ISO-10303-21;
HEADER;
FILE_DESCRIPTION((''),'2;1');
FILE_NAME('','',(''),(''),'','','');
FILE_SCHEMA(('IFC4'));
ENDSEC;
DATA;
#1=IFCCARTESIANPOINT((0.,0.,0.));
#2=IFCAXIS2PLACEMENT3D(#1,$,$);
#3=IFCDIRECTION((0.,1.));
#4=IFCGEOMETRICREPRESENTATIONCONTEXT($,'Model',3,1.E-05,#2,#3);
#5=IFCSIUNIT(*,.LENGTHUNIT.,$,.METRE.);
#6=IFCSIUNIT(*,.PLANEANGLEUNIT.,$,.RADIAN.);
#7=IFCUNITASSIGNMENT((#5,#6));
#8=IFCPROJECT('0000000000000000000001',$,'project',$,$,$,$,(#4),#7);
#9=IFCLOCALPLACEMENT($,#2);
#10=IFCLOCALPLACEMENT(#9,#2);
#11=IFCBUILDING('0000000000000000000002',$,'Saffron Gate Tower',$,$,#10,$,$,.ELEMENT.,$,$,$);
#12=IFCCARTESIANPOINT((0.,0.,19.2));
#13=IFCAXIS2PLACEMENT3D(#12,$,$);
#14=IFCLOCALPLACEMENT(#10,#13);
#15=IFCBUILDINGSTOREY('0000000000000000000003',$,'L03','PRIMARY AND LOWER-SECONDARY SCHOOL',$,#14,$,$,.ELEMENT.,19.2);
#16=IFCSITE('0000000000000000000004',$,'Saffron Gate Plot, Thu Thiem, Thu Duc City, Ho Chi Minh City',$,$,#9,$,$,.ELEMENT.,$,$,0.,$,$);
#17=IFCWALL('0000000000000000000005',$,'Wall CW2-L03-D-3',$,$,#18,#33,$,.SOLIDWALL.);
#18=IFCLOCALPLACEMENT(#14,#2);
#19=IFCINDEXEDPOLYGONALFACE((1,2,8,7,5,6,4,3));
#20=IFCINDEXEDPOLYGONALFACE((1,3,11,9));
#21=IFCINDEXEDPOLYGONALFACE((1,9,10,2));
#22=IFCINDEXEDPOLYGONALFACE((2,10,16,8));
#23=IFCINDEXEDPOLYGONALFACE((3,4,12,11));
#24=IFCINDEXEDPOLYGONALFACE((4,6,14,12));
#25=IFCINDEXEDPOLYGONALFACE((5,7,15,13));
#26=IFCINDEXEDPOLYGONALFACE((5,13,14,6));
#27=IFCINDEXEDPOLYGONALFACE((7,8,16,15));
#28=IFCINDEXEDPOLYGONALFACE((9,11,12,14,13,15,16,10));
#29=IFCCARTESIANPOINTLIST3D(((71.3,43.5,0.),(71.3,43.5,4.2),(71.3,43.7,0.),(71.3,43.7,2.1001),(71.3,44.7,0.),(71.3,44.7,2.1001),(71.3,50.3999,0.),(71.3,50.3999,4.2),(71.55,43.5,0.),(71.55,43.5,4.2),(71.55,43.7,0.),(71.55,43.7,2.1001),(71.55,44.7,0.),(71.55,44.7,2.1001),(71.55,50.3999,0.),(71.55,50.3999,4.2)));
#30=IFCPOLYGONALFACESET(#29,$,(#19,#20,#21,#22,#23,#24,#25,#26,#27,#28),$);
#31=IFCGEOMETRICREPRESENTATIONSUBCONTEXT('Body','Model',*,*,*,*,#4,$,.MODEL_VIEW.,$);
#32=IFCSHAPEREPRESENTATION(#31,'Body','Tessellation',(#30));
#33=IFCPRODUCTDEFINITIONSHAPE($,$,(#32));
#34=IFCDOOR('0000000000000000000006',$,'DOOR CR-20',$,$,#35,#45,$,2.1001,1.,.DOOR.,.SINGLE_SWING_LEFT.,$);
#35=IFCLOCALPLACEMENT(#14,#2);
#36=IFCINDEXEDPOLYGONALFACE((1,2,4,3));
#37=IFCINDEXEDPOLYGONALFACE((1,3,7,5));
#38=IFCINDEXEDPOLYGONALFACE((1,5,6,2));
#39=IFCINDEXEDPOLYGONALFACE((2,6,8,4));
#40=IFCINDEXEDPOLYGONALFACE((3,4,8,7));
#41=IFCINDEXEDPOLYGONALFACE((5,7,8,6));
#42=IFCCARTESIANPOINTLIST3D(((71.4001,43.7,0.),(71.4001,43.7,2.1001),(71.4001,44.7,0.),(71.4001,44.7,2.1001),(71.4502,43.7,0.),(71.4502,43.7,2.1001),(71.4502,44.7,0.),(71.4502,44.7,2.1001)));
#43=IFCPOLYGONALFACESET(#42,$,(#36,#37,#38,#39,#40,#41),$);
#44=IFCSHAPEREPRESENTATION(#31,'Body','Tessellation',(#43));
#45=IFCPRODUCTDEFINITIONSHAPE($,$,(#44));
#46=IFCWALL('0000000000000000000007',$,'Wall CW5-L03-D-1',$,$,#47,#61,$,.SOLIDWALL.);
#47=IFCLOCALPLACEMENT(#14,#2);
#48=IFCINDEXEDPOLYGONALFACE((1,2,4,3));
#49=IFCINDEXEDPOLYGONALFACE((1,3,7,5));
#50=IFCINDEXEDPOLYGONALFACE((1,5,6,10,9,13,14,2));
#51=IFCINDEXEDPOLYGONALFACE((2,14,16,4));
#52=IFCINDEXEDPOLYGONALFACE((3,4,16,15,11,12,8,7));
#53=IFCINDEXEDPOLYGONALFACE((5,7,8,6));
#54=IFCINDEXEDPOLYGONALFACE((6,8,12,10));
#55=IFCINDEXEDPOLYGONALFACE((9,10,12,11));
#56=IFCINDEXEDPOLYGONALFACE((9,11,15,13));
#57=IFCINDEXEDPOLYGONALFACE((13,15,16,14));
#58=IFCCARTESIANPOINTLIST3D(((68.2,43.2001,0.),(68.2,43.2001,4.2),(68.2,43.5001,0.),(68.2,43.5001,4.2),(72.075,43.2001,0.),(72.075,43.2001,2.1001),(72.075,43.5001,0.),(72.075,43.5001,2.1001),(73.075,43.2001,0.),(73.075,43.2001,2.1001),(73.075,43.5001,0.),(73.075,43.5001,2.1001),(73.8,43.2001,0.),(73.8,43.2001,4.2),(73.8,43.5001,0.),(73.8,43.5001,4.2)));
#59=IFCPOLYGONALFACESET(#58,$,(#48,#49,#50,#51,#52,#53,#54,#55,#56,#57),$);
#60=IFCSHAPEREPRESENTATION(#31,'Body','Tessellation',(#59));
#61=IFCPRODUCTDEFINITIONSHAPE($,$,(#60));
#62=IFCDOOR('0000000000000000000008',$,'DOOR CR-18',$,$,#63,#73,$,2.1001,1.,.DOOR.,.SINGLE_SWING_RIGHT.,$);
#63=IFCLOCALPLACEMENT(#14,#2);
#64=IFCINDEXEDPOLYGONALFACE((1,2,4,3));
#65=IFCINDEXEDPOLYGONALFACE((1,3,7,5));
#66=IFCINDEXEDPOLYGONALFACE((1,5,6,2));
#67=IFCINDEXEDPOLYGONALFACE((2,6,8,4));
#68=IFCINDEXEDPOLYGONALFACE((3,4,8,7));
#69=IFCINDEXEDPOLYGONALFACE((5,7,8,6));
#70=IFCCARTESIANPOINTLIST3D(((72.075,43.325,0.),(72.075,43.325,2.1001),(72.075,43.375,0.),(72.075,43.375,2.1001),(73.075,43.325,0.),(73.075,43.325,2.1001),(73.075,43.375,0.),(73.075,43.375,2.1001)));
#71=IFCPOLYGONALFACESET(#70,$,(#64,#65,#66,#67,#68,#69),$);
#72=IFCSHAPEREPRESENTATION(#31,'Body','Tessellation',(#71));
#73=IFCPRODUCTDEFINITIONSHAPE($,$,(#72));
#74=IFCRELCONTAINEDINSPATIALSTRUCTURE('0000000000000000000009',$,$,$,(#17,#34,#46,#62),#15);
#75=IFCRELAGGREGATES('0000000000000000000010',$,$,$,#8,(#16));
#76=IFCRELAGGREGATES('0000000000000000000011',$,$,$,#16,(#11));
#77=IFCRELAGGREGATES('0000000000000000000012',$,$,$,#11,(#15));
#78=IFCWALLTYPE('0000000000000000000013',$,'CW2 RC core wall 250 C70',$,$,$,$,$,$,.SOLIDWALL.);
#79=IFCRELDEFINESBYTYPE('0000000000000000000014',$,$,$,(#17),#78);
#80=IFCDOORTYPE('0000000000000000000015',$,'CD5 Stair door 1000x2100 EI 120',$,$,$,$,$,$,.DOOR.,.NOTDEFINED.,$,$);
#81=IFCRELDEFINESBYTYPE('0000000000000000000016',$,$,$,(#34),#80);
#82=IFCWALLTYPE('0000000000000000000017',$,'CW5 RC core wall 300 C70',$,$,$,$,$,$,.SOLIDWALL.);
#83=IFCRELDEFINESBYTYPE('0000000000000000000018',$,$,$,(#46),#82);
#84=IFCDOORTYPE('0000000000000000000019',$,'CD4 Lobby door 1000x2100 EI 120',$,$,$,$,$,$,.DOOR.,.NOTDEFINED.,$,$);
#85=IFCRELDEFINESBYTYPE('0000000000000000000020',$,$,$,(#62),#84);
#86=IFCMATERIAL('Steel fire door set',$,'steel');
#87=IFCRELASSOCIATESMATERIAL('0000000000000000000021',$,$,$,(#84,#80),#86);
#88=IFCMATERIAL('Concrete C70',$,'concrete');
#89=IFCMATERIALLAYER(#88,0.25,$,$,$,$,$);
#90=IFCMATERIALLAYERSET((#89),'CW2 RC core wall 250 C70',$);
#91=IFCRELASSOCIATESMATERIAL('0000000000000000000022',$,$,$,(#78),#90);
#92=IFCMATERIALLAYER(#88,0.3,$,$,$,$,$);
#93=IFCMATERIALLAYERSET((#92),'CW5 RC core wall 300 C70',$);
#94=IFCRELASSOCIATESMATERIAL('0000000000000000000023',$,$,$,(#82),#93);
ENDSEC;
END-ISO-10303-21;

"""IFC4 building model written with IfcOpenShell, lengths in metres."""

from ifc_helpers import new_model, si_unit, direction, frame, frame_2d, origin, place, context, subcontext, project, spatial, rectangle, extrude, material, layer, layer_set, type_object, element, fill, save


model = new_model("IFC4")

# Units and contexts
model_context = context("Model", 3, precision=1e-05, world=origin(), true_north=direction((0.0, 1.0)))
body_context = subcontext(model_context, "Body", "Model", "MODEL_VIEW")
ifc_project = project(units=[si_unit("LENGTHUNIT", "METRE"), si_unit("PLANEANGLEUNIT", "RADIAN")], contexts=[model_context])

# Site, building, storey
site_placement = place(None, origin())
site = spatial("IfcSite", under=ifc_project, at=site_placement, Name="Saffron Gate Plot, Thu Thiem, Thu Duc City, Ho Chi Minh City", CompositionType="ELEMENT", RefElevation=0.0)
building_placement = place(site_placement, origin())
building = spatial("IfcBuilding", under=site, at=building_placement, Name="Saffron Gate Tower", CompositionType="ELEMENT")
storey_placement = place(building_placement, frame((0.0, 0.0, 19.2)))
storey = spatial("IfcBuildingStorey", under=building, at=storey_placement, Name="L03", Description="PRIMARY AND LOWER-SECONDARY SCHOOL", CompositionType="ELEMENT", Elevation=19.2)

# Shared definitions
ifc_material_1 = material(Name="Steel fire door set", Category="steel")
door_type_1 = type_object("IfcDoorType", Name="CD4 Lobby door 1000x2100 EI 120", OperationType="NOTDEFINED", PredefinedType="DOOR", material=ifc_material_1)

# Shared definitions
ifc_material_2 = material(Name="Concrete C70", Category="concrete")
ifc_layer_1 = layer(ifc_material_2, 0.25)
ifc_layer_set_1 = layer_set([ifc_layer_1], Name="CW2 RC core wall 250 C70")
wall_type_1 = type_object("IfcWallType", Name="CW2 RC core wall 250 C70", PredefinedType="SOLIDWALL", material=ifc_layer_set_1)

# Walls, openings, doors
wall_1_placement = place(storey_placement, frame((71.425, 43.5, 0.0), z_axis=(0.0, 0.0, 1.0), x_axis=(0.0, 1.0, 0.0)))
wall_1 = element("IfcWall", 1, at=wall_1_placement, inside=storey, type_object=wall_type_1, Name="Wall CW2-L03-D-3", PredefinedType="SOLIDWALL", context=body_context, shape_type="SweptSolid", body=[
    extrude(rectangle(XDim=6.8999, YDim=0.25, at=frame_2d((3.45, 0.0))), origin(), (0.0, 0.0, 1.0), 4.2),
])
opening_1_placement = place(wall_1_placement, frame((0.2, 0.0, 0.0)))
opening_1 = element("IfcOpeningElement", 2, at=opening_1_placement, cuts=wall_1, PredefinedType="OPENING", context=body_context, shape_type="SweptSolid", body=[
    extrude(rectangle(XDim=1.0, YDim=2.1001, at=frame_2d((0.5, 1.05))), frame((0.0, 0.135, 0.0), z_axis=(0.0, -1.0, 0.0), x_axis=(1.0, 0.0, 0.0)), (0.0, 0.0, 1.0), 0.27),
])
door_type_2 = type_object("IfcDoorType", Name="CD5 Stair door 1000x2100 EI 120", OperationType="NOTDEFINED", PredefinedType="DOOR", material=ifc_material_1)
door_1_placement = place(opening_1_placement, origin())
door_1 = element("IfcDoor", 3, at=door_1_placement, inside=storey, type_object=door_type_2, Name="DOOR CR-20", OperationType="SINGLE_SWING_LEFT", OverallHeight=2.1001, OverallWidth=1.0, PredefinedType="DOOR", context=body_context, shape_type="SweptSolid", body=[
    extrude(rectangle(XDim=1.0, YDim=2.1001, at=frame_2d((0.5, 1.05))), frame((0.0, 0.0249, 0.0), z_axis=(0.0, -1.0, 0.0), x_axis=(1.0, 0.0, 0.0)), (0.0, 0.0, 1.0), 0.05),
])
fill(opening_1, door_1)
ifc_layer_2 = layer(ifc_material_2, 0.3)
ifc_layer_set_2 = layer_set([ifc_layer_2], Name="CW5 RC core wall 300 C70")
wall_type_2 = type_object("IfcWallType", Name="CW5 RC core wall 300 C70", PredefinedType="SOLIDWALL", material=ifc_layer_set_2)
wall_2_placement = place(storey_placement, frame((68.2, 43.3501, 0.0), z_axis=(0.0, 0.0, 1.0), x_axis=(1.0, 0.0, 0.0)))
wall_2 = element("IfcWall", 4, at=wall_2_placement, inside=storey, type_object=wall_type_2, Name="Wall CW5-L03-D-1", PredefinedType="SOLIDWALL", context=body_context, shape_type="SweptSolid", body=[
    extrude(rectangle(XDim=5.6001, YDim=0.3, at=frame_2d((2.8, 0.0))), origin(), (0.0, 0.0, 1.0), 4.2),
])
opening_2_placement = place(wall_2_placement, frame((3.875, 0.0, 0.0)))
opening_2 = element("IfcOpeningElement", 5, at=opening_2_placement, cuts=wall_2, PredefinedType="OPENING", context=body_context, shape_type="SweptSolid", body=[
    extrude(rectangle(XDim=1.0, YDim=2.1001, at=frame_2d((0.5, 1.05))), frame((0.0, 0.1602, 0.0), z_axis=(0.0, -1.0, 0.0), x_axis=(1.0, 0.0, 0.0)), (0.0, 0.0, 1.0), 0.3201),
])
door_2_placement = place(opening_2_placement, origin())
door_2 = element("IfcDoor", 6, at=door_2_placement, inside=storey, type_object=door_type_1, Name="DOOR CR-18", OperationType="SINGLE_SWING_RIGHT", OverallHeight=2.1001, OverallWidth=1.0, PredefinedType="DOOR", context=body_context, shape_type="SweptSolid", body=[
    extrude(rectangle(XDim=1.0, YDim=2.1001, at=frame_2d((0.5, 1.05))), frame((0.0, 0.0249, 0.0), z_axis=(0.0, -1.0, 0.0), x_axis=(1.0, 0.0, 0.0)), (0.0, 0.0, 1.0), 0.05),
])
fill(opening_2, door_2)

save(model, "model.ifc")
